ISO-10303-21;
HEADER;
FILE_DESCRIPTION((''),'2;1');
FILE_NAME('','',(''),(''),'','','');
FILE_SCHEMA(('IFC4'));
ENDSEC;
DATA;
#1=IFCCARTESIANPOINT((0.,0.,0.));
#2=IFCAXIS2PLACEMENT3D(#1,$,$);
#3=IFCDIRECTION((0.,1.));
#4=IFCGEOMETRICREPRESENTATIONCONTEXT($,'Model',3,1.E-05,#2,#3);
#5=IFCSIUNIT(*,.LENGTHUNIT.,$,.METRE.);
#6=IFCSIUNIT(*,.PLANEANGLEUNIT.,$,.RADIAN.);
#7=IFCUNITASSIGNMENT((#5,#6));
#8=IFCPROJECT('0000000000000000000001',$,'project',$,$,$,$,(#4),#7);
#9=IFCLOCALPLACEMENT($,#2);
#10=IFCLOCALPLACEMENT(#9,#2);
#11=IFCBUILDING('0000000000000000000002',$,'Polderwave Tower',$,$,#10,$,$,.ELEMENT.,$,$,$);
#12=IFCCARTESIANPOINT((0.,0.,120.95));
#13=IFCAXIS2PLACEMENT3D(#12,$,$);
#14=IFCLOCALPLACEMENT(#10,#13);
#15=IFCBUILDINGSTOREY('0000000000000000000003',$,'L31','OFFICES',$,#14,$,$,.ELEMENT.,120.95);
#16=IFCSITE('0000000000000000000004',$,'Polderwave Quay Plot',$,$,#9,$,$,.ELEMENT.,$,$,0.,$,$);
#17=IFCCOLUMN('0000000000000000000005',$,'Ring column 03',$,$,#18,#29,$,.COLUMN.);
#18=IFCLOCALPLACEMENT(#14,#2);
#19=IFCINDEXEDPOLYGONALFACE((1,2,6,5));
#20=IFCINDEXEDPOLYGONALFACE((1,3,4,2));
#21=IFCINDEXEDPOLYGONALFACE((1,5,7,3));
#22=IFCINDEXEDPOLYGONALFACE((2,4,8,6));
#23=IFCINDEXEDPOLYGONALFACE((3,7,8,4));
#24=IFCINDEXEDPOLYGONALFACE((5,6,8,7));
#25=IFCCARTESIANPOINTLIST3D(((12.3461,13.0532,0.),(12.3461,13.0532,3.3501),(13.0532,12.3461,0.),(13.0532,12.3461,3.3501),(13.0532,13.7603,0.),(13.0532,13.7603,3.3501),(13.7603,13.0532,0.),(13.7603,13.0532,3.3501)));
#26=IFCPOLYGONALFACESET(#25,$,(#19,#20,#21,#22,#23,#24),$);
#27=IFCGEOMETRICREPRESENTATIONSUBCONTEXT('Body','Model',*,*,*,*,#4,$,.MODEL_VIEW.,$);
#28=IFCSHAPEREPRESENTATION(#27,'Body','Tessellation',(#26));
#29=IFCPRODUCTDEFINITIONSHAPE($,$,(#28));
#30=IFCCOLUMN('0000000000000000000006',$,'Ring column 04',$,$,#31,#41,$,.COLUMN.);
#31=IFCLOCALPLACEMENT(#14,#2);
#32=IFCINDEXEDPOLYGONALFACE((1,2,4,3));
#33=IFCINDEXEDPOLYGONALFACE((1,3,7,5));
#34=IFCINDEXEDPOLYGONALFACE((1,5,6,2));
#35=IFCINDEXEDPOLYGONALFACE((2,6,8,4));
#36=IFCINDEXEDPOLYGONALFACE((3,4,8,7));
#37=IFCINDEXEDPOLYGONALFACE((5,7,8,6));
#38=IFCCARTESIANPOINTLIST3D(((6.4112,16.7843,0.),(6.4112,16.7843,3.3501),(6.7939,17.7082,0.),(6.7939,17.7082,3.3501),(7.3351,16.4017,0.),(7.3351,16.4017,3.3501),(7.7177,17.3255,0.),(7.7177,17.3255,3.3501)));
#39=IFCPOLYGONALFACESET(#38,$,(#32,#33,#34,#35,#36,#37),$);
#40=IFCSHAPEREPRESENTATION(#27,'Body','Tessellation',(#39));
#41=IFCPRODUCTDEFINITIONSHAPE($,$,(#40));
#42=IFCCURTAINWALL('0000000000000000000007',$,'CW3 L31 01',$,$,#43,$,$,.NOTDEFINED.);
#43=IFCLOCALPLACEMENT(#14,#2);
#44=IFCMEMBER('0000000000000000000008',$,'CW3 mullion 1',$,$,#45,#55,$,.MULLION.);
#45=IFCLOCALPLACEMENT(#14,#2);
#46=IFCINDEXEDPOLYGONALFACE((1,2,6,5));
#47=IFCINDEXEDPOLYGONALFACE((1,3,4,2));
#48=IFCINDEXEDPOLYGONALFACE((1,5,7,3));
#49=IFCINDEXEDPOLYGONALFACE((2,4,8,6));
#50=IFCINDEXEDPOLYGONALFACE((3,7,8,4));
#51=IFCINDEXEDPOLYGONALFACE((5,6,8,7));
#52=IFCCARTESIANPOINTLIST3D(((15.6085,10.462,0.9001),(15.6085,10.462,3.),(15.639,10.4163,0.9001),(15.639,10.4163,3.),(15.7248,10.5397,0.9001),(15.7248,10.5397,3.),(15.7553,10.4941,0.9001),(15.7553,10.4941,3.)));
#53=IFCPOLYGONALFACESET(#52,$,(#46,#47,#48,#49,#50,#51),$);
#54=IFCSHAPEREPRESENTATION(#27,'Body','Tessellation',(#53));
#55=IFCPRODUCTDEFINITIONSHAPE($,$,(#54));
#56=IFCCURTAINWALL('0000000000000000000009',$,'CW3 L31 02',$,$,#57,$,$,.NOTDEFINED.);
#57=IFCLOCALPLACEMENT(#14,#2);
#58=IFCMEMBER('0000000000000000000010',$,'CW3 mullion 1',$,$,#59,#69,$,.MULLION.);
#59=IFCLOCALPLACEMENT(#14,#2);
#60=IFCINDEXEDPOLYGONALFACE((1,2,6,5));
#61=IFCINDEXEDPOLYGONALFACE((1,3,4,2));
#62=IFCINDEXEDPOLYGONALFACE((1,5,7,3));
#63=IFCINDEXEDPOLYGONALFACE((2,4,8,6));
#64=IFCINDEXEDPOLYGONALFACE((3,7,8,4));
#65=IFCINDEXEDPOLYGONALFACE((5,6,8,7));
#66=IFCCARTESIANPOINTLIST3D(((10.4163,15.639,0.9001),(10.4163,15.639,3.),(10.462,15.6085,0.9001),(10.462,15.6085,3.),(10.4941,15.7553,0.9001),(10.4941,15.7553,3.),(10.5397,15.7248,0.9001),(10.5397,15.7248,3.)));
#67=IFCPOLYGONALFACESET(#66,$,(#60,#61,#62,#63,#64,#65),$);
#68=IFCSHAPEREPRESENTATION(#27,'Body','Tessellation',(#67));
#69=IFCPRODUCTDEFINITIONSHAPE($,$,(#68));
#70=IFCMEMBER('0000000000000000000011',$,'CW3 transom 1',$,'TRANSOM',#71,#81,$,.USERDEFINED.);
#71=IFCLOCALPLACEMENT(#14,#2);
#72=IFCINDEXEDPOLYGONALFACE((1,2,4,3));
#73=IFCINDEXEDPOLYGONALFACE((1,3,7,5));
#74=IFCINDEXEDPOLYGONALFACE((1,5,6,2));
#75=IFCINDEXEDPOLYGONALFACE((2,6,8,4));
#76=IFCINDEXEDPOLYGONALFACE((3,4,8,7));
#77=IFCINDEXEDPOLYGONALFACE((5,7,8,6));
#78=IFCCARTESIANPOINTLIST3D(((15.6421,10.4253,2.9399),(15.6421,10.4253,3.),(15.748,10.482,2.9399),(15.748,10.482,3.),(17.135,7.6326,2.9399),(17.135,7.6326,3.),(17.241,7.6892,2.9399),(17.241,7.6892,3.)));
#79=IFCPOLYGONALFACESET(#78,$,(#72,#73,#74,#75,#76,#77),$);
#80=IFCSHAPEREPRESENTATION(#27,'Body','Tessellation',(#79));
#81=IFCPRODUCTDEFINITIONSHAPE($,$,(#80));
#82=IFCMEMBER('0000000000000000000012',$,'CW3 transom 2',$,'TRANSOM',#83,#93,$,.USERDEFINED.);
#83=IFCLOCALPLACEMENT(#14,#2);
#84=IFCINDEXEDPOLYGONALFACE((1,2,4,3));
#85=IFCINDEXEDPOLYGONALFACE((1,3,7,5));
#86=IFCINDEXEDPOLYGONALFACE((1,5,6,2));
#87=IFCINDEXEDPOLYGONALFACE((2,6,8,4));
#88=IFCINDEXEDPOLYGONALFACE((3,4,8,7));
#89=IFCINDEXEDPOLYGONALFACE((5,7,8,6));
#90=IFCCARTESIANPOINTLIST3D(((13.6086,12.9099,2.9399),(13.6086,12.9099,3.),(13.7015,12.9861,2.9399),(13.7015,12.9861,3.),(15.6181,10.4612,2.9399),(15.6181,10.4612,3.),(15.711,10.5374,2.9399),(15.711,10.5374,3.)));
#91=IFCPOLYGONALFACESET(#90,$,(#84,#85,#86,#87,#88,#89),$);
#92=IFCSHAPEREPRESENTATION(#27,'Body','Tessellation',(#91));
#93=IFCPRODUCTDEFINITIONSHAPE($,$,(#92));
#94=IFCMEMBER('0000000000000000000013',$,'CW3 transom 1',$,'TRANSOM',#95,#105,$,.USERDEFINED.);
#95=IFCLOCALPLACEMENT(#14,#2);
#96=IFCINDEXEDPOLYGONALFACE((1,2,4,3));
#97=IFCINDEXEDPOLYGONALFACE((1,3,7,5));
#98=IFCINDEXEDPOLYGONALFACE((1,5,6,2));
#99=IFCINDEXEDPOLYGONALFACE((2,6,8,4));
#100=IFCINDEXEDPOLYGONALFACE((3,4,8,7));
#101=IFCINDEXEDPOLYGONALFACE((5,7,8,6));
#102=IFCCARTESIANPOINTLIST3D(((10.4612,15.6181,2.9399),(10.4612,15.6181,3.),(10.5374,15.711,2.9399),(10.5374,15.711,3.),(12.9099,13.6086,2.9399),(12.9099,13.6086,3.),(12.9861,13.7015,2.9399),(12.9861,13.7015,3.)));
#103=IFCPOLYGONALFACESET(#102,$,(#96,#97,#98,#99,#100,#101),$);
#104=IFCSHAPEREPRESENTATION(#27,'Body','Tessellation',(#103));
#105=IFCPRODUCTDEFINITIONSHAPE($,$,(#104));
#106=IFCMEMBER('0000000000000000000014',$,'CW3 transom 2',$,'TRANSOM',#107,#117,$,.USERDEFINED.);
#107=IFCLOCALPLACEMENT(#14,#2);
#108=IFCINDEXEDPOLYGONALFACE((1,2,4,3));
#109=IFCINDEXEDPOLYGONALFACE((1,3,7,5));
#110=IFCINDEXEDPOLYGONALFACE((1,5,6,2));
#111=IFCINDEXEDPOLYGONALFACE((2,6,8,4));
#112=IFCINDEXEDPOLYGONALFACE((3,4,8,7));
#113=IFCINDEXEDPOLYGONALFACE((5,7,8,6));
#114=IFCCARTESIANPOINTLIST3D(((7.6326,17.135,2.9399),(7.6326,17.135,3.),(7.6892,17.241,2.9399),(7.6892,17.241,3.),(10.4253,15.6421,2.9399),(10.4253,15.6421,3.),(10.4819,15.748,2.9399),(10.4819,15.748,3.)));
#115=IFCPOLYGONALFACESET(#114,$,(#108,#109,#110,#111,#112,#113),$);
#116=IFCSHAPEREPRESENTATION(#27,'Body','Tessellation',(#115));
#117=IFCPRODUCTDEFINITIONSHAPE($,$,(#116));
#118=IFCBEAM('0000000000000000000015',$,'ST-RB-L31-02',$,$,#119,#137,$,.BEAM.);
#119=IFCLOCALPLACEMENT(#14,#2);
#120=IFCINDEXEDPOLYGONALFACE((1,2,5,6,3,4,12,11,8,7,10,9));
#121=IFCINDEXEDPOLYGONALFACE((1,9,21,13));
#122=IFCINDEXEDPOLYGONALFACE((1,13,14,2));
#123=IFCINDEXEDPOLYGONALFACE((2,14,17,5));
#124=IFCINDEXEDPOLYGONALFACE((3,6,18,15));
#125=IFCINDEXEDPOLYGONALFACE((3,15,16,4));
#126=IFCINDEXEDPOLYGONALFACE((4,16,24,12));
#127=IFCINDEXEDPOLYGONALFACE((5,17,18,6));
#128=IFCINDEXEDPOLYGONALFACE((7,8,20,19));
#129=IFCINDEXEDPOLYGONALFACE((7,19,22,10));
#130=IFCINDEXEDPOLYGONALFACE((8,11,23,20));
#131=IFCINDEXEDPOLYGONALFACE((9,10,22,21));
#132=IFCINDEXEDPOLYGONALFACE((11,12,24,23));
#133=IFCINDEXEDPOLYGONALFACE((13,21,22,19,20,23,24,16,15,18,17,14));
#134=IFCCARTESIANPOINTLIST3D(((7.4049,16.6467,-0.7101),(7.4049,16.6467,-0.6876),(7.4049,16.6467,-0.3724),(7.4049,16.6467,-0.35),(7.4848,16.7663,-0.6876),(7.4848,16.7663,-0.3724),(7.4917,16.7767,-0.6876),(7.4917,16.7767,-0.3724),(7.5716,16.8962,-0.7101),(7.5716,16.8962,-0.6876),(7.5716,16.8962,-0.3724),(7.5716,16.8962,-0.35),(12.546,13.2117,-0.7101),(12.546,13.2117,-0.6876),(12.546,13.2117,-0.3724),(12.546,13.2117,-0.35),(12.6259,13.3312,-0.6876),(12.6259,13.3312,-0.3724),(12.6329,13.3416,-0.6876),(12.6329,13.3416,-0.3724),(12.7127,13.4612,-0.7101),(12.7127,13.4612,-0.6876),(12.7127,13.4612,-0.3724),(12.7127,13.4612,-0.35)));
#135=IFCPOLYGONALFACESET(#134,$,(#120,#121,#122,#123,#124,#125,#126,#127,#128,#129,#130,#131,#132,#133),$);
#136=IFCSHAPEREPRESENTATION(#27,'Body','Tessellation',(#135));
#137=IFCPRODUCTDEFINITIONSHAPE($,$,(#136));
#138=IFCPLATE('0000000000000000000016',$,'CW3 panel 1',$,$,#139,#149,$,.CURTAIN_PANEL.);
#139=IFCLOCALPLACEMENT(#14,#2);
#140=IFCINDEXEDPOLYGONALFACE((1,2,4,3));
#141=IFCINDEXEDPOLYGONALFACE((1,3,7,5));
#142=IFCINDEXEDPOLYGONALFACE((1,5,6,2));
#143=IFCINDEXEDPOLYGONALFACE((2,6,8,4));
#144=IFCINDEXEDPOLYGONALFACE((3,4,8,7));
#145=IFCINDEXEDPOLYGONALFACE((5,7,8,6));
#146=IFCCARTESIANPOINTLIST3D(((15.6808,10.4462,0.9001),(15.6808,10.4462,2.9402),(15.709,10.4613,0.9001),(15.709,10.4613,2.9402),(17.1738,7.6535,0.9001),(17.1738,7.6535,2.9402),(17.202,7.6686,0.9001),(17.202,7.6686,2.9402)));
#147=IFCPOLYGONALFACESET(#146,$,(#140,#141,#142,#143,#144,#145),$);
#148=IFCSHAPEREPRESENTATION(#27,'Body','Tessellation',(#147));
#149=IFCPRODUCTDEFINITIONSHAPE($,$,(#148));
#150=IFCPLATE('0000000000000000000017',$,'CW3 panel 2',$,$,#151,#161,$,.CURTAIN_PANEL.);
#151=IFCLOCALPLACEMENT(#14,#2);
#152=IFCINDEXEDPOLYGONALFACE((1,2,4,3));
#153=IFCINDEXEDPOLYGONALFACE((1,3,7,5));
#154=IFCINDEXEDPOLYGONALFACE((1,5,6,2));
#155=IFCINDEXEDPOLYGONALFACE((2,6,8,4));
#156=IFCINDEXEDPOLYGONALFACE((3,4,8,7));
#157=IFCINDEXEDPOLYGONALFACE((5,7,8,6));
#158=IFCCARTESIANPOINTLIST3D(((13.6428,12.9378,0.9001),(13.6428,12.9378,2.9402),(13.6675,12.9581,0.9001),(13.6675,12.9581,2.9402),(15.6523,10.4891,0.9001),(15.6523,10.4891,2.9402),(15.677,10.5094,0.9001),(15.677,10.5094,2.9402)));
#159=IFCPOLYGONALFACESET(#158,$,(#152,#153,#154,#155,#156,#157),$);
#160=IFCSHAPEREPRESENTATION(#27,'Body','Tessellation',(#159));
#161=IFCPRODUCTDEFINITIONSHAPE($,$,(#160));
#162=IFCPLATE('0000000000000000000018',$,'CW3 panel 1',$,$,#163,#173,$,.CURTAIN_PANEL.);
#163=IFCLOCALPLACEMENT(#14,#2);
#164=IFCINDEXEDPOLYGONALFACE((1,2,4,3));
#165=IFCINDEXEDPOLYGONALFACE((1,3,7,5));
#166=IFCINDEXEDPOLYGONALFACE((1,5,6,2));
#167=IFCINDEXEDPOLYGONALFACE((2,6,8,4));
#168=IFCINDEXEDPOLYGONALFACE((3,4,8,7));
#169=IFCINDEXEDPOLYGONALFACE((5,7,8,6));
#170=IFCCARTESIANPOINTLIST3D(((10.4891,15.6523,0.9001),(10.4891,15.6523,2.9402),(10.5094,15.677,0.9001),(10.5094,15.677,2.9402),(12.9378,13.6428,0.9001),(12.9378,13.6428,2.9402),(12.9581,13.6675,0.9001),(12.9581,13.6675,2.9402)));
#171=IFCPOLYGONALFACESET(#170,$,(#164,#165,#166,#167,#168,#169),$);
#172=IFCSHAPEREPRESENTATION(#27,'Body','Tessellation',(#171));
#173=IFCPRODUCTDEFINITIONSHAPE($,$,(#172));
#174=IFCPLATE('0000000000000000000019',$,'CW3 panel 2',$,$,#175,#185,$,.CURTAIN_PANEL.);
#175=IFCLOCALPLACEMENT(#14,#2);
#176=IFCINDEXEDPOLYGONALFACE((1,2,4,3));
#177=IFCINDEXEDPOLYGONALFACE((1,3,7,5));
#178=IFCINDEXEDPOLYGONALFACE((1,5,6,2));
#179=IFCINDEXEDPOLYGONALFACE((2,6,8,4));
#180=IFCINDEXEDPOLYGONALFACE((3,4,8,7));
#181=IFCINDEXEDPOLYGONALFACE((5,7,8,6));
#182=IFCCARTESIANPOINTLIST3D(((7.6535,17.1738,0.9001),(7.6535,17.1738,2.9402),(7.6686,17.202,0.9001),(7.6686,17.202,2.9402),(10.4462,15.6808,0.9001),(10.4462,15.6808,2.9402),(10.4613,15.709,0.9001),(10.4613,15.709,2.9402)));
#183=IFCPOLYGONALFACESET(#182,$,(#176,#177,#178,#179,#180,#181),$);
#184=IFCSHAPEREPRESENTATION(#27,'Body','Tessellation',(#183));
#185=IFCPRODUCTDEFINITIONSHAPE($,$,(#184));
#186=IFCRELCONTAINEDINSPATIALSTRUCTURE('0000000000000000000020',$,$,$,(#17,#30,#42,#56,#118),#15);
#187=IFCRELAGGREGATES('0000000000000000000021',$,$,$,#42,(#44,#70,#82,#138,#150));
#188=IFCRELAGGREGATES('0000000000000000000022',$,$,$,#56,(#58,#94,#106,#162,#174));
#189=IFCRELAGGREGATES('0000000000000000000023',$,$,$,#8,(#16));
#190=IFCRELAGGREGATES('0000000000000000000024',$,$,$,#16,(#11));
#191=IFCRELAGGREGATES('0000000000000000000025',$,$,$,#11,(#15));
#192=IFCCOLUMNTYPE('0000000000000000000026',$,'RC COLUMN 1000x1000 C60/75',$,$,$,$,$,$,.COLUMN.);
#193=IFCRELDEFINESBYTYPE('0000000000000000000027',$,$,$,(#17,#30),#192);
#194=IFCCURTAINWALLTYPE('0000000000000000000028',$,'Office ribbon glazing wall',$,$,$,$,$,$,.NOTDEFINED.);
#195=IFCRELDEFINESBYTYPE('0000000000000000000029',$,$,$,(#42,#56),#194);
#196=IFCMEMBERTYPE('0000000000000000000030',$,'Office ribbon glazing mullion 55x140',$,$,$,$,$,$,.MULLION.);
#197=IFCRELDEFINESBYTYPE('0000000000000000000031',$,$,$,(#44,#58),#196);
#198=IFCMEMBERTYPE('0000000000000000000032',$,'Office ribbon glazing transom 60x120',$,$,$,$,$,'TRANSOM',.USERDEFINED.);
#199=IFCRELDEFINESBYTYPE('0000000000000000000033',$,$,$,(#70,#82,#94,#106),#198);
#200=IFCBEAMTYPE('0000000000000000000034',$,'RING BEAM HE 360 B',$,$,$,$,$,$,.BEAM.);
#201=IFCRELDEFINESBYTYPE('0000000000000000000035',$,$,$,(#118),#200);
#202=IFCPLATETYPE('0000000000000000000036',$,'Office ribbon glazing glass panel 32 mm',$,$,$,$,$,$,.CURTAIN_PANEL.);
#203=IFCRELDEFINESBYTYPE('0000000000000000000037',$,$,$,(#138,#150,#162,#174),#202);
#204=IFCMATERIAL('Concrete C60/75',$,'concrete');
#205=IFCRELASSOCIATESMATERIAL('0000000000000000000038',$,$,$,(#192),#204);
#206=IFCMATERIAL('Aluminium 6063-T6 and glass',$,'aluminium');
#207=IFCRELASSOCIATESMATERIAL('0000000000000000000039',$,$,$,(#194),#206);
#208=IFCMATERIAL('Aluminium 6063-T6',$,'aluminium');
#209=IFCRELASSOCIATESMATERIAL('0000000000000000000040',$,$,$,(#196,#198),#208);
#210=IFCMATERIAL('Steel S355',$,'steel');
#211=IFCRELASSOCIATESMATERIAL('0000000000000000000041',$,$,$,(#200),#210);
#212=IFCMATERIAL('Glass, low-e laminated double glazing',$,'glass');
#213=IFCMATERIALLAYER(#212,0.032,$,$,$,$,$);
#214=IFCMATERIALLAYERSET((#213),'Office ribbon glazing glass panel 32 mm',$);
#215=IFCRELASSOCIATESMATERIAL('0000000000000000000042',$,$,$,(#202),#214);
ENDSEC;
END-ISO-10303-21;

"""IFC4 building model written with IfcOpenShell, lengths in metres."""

from ifc_helpers import new_model, si_unit, direction, frame, origin, origin_2d, place, context, subcontext, project, spatial, rectangle, i_section, extrude, material, layer, layer_set, material_profile, profile_set, type_object, element, aggregate, save


model = new_model("IFC4")

# Units and contexts
model_context = context("Model", 3, precision=1e-05, world=origin(), true_north=direction((0.0, 1.0)))
body_context = subcontext(model_context, "Body", "Model", "MODEL_VIEW")
ifc_project = project(units=[si_unit("LENGTHUNIT", "METRE"), si_unit("PLANEANGLEUNIT", "RADIAN")], contexts=[model_context])

# Site, building, storey
site_placement = place(None, origin())
site = spatial("IfcSite", under=ifc_project, at=site_placement, Name="Polderwave Quay Plot", CompositionType="ELEMENT", RefElevation=0.0)
building_placement = place(site_placement, origin())
building = spatial("IfcBuilding", under=site, at=building_placement, Name="Polderwave Tower", CompositionType="ELEMENT")
storey_placement = place(building_placement, frame((0.0, 0.0, 120.95)))
storey = spatial("IfcBuildingStorey", under=building, at=storey_placement, Name="L31", Description="OFFICES", CompositionType="ELEMENT", Elevation=120.95)

# Columns
ifc_material_1 = material(Name="Concrete C60/75", Category="concrete")
ifc_material_profile_1 = material_profile(ifc_material_1, rectangle(XDim=1.0, YDim=1.0, at=origin_2d()), Name="RC 1000x1000")
ifc_profile_set_1 = profile_set([ifc_material_profile_1], Name="Concrete C60/75")
column_type = type_object("IfcColumnType", Name="RC COLUMN 1000x1000 C60/75", PredefinedType="COLUMN", material=ifc_profile_set_1)
for number, where, z_axis, x_axis, name in (
    (1, (13.0532, 13.0532, 0.0), (0.0, 0.0, 1.0), (0.707107, 0.707107, 0.0), "Ring column 03"),
    (2, (7.0645, 17.0549, 0.0), (0.0, 0.0, 1.0), (0.382683, 0.92388, 0.0), "Ring column 04"),
):
    element("IfcColumn", number, at=place(storey_placement, frame(where, z_axis=z_axis, x_axis=x_axis)), inside=storey, type_object=column_type, Name=name, PredefinedType="COLUMN", context=body_context, shape_type="SweptSolid", body=[
        extrude(rectangle(XDim=1.0, YDim=1.0, at=origin_2d()), origin(), (0.0, 0.0, 1.0), 3.3501),
    ])

# Curtain walls, members
ifc_material_2 = material(Name="Aluminium 6063-T6 and glass", Category="aluminium")
curtain_wall_type = type_object("IfcCurtainWallType", Name="Office ribbon glazing wall", PredefinedType="NOTDEFINED", material=ifc_material_2)
curtain_wall_1_placement = place(storey_placement, origin())
curtain_wall_1 = element("IfcCurtainWall", 3, at=curtain_wall_1_placement, inside=storey, type_object=curtain_wall_type, Name="CW3 L31 01", PredefinedType="NOTDEFINED")
ifc_material_3 = material(Name="Aluminium 6063-T6", Category="aluminium")
ifc_material_profile_2 = material_profile(ifc_material_3, rectangle(XDim=0.1399, YDim=0.0549, at=origin_2d()), Name="AL 55x140")
ifc_profile_set_2 = profile_set([ifc_material_profile_2], Name="Aluminium 6063-T6")
member_type_1 = type_object("IfcMemberType", Name="Office ribbon glazing mullion 55x140", PredefinedType="MULLION", material=ifc_profile_set_2)
member_1_placement = place(storey_placement, frame((15.6819, 10.478, 0.9001), z_axis=(0.0, 0.0, 1.0), x_axis=(-0.831453, -0.555595, 0.0)))
member_1 = element("IfcMember", 4, at=member_1_placement, type_object=member_type_1, Name="CW3 mullion 1", PredefinedType="MULLION", context=body_context, shape_type="SweptSolid", body=[
    extrude(rectangle(XDim=0.1399, YDim=0.0549, at=origin_2d()), origin(), (0.0, 0.0, 1.0), 2.0999),
])
curtain_wall_2_placement = place(storey_placement, origin())
curtain_wall_2 = element("IfcCurtainWall", 5, at=curtain_wall_2_placement, inside=storey, type_object=curtain_wall_type, Name="CW3 L31 02", PredefinedType="NOTDEFINED")
member_2_placement = place(storey_placement, frame((10.478, 15.6819, 0.9001), z_axis=(0.0, 0.0, 1.0), x_axis=(-0.555595, -0.831453, 0.0)))
member_2 = element("IfcMember", 6, at=member_2_placement, type_object=member_type_1, Name="CW3 mullion 1", PredefinedType="MULLION", context=body_context, shape_type="SweptSolid", body=[
    extrude(rectangle(XDim=0.1399, YDim=0.0549, at=origin_2d()), origin(), (0.0, 0.0, 1.0), 2.0999),
])

# Members
ifc_material_profile_3 = material_profile(ifc_material_3, rectangle(XDim=0.1201, YDim=0.0601, at=origin_2d()), Name="AL 60x120")
ifc_profile_set_3 = profile_set([ifc_material_profile_3], Name="Aluminium 6063-T6")
member_type_2 = type_object("IfcMemberType", Name="Office ribbon glazing transom 60x120", ElementType="TRANSOM", PredefinedType="USERDEFINED", material=ifc_profile_set_3)
member_3_placement = place(storey_placement, frame((17.188, 7.6609, 2.97), z_axis=(-0.47144, 0.881898, 0.0), x_axis=(-0.881898, -0.47144, 0.0)))
member_3 = element("IfcMember", 7, at=member_3_placement, type_object=member_type_2, Name="CW3 transom 1", ObjectType="TRANSOM", PredefinedType="USERDEFINED", context=body_context, shape_type="SweptSolid", body=[
    extrude(rectangle(XDim=0.1201, YDim=0.0601, at=origin_2d()), origin(), (0.0, 0.0, 1.0), 3.1667),
])
member_4_placement = place(storey_placement, frame((15.6646, 10.4993, 2.97), z_axis=(-0.634374, 0.773026, 0.0), x_axis=(-0.773026, -0.634374, 0.0)))
member_4 = element("IfcMember", 8, at=member_4_placement, type_object=member_type_2, Name="CW3 transom 2", ObjectType="TRANSOM", PredefinedType="USERDEFINED", context=body_context, shape_type="SweptSolid", body=[
    extrude(rectangle(XDim=0.1201, YDim=0.0601, at=origin_2d()), origin(), (0.0, 0.0, 1.0), 3.1677),
])
member_5_placement = place(storey_placement, frame((12.948, 13.655, 2.97), z_axis=(-0.773026, 0.634374, 0.0), x_axis=(-0.634374, -0.773026, 0.0)))
member_5 = element("IfcMember", 9, at=member_5_placement, type_object=member_type_2, Name="CW3 transom 1", ObjectType="TRANSOM", PredefinedType="USERDEFINED", context=body_context, shape_type="SweptSolid", body=[
    extrude(rectangle(XDim=0.1201, YDim=0.0601, at=origin_2d()), origin(), (0.0, 0.0, 1.0), 3.1677),
])
member_6_placement = place(storey_placement, frame((10.4536, 15.6951, 2.97), z_axis=(-0.881898, 0.47144, 0.0), x_axis=(-0.47144, -0.881898, 0.0)))
member_6 = element("IfcMember", 10, at=member_6_placement, type_object=member_type_2, Name="CW3 transom 2", ObjectType="TRANSOM", PredefinedType="USERDEFINED", context=body_context, shape_type="SweptSolid", body=[
    extrude(rectangle(XDim=0.1201, YDim=0.0601, at=origin_2d()), origin(), (0.0, 0.0, 1.0), 3.1667),
])

# Beam
ifc_material_4 = material(Name="Steel S355", Category="steel")
ifc_material_profile_4 = material_profile(ifc_material_4, i_section(OverallWidth=0.3, OverallDepth=0.3601, WebThickness=0.0125, FlangeThickness=0.0225, at=origin_2d()), Name="HE 360 B")
ifc_profile_set_4 = profile_set([ifc_material_profile_4], Name="Steel S355")
beam_type = type_object("IfcBeamType", Name="RING BEAM HE 360 B", PredefinedType="BEAM", material=ifc_profile_set_4)
beam_placement = place(storey_placement, frame((12.6294, 13.3364, -0.53), z_axis=(-0.831479, 0.555556, 0.0), x_axis=(-0.555556, -0.831479, 0.0)))
element("IfcBeam", 11, at=beam_placement, inside=storey, type_object=beam_type, Name="ST-RB-L31-02", PredefinedType="BEAM", context=body_context, shape_type="SweptSolid", body=[
    extrude(i_section(OverallWidth=0.3, OverallDepth=0.3601, WebThickness=0.0125, FlangeThickness=0.0225, at=origin_2d()), origin(), (0.0, 0.0, 1.0), 6.1831),
])

# Plates
ifc_material_5 = material(Name="Glass, low-e laminated double glazing", Category="glass")
ifc_layer_1 = layer(ifc_material_5, 0.032)
ifc_layer_set_1 = layer_set([ifc_layer_1], Name="Office ribbon glazing glass panel 32 mm")
plate_type = type_object("IfcPlateType", Name="Office ribbon glazing glass panel 32 mm", PredefinedType="CURTAIN_PANEL", material=ifc_layer_set_1)
plate_1_placement = place(storey_placement, frame((16.4414, 9.0574, 0.9001), z_axis=(0.0, 0.0, 1.0), x_axis=(-0.471466, 0.881884, 0.0)))
plate_1 = element("IfcPlate", 12, at=plate_1_placement, type_object=plate_type, Name="CW3 panel 1", PredefinedType="CURTAIN_PANEL", context=body_context, shape_type="SweptSolid", body=[
    extrude(rectangle(XDim=3.1667, YDim=0.032, at=origin_2d()), origin(), (0.0, 0.0, 1.0), 2.04),
])
plate_2_placement = place(storey_placement, frame((14.6599, 11.7236, 0.9001), z_axis=(0.0, 0.0, 1.0), x_axis=(-0.634378, 0.773023, 0.0)))
plate_2 = element("IfcPlate", 13, at=plate_2_placement, type_object=plate_type, Name="CW3 panel 2", PredefinedType="CURTAIN_PANEL", context=body_context, shape_type="SweptSolid", body=[
    extrude(rectangle(XDim=3.1677, YDim=0.032, at=origin_2d()), origin(), (0.0, 0.0, 1.0), 2.04),
])
aggregate(curtain_wall_1, [member_1, member_3, member_4, plate_1, plate_2])
plate_3_placement = place(storey_placement, frame((11.7236, 14.6599, 0.9001), z_axis=(0.0, 0.0, 1.0), x_axis=(-0.773023, 0.634378, 0.0)))
plate_3 = element("IfcPlate", 14, at=plate_3_placement, type_object=plate_type, Name="CW3 panel 1", PredefinedType="CURTAIN_PANEL", context=body_context, shape_type="SweptSolid", body=[
    extrude(rectangle(XDim=3.1677, YDim=0.032, at=origin_2d()), origin(), (0.0, 0.0, 1.0), 2.04),
])
plate_4_placement = place(storey_placement, frame((9.0574, 16.4414, 0.9001), z_axis=(0.0, 0.0, 1.0), x_axis=(-0.881884, 0.471466, 0.0)))
plate_4 = element("IfcPlate", 15, at=plate_4_placement, type_object=plate_type, Name="CW3 panel 2", PredefinedType="CURTAIN_PANEL", context=body_context, shape_type="SweptSolid", body=[
    extrude(rectangle(XDim=3.1667, YDim=0.032, at=origin_2d()), origin(), (0.0, 0.0, 1.0), 2.04),
])
aggregate(curtain_wall_2, [member_2, member_5, member_6, plate_3, plate_4])

save(model, "model.ifc")
